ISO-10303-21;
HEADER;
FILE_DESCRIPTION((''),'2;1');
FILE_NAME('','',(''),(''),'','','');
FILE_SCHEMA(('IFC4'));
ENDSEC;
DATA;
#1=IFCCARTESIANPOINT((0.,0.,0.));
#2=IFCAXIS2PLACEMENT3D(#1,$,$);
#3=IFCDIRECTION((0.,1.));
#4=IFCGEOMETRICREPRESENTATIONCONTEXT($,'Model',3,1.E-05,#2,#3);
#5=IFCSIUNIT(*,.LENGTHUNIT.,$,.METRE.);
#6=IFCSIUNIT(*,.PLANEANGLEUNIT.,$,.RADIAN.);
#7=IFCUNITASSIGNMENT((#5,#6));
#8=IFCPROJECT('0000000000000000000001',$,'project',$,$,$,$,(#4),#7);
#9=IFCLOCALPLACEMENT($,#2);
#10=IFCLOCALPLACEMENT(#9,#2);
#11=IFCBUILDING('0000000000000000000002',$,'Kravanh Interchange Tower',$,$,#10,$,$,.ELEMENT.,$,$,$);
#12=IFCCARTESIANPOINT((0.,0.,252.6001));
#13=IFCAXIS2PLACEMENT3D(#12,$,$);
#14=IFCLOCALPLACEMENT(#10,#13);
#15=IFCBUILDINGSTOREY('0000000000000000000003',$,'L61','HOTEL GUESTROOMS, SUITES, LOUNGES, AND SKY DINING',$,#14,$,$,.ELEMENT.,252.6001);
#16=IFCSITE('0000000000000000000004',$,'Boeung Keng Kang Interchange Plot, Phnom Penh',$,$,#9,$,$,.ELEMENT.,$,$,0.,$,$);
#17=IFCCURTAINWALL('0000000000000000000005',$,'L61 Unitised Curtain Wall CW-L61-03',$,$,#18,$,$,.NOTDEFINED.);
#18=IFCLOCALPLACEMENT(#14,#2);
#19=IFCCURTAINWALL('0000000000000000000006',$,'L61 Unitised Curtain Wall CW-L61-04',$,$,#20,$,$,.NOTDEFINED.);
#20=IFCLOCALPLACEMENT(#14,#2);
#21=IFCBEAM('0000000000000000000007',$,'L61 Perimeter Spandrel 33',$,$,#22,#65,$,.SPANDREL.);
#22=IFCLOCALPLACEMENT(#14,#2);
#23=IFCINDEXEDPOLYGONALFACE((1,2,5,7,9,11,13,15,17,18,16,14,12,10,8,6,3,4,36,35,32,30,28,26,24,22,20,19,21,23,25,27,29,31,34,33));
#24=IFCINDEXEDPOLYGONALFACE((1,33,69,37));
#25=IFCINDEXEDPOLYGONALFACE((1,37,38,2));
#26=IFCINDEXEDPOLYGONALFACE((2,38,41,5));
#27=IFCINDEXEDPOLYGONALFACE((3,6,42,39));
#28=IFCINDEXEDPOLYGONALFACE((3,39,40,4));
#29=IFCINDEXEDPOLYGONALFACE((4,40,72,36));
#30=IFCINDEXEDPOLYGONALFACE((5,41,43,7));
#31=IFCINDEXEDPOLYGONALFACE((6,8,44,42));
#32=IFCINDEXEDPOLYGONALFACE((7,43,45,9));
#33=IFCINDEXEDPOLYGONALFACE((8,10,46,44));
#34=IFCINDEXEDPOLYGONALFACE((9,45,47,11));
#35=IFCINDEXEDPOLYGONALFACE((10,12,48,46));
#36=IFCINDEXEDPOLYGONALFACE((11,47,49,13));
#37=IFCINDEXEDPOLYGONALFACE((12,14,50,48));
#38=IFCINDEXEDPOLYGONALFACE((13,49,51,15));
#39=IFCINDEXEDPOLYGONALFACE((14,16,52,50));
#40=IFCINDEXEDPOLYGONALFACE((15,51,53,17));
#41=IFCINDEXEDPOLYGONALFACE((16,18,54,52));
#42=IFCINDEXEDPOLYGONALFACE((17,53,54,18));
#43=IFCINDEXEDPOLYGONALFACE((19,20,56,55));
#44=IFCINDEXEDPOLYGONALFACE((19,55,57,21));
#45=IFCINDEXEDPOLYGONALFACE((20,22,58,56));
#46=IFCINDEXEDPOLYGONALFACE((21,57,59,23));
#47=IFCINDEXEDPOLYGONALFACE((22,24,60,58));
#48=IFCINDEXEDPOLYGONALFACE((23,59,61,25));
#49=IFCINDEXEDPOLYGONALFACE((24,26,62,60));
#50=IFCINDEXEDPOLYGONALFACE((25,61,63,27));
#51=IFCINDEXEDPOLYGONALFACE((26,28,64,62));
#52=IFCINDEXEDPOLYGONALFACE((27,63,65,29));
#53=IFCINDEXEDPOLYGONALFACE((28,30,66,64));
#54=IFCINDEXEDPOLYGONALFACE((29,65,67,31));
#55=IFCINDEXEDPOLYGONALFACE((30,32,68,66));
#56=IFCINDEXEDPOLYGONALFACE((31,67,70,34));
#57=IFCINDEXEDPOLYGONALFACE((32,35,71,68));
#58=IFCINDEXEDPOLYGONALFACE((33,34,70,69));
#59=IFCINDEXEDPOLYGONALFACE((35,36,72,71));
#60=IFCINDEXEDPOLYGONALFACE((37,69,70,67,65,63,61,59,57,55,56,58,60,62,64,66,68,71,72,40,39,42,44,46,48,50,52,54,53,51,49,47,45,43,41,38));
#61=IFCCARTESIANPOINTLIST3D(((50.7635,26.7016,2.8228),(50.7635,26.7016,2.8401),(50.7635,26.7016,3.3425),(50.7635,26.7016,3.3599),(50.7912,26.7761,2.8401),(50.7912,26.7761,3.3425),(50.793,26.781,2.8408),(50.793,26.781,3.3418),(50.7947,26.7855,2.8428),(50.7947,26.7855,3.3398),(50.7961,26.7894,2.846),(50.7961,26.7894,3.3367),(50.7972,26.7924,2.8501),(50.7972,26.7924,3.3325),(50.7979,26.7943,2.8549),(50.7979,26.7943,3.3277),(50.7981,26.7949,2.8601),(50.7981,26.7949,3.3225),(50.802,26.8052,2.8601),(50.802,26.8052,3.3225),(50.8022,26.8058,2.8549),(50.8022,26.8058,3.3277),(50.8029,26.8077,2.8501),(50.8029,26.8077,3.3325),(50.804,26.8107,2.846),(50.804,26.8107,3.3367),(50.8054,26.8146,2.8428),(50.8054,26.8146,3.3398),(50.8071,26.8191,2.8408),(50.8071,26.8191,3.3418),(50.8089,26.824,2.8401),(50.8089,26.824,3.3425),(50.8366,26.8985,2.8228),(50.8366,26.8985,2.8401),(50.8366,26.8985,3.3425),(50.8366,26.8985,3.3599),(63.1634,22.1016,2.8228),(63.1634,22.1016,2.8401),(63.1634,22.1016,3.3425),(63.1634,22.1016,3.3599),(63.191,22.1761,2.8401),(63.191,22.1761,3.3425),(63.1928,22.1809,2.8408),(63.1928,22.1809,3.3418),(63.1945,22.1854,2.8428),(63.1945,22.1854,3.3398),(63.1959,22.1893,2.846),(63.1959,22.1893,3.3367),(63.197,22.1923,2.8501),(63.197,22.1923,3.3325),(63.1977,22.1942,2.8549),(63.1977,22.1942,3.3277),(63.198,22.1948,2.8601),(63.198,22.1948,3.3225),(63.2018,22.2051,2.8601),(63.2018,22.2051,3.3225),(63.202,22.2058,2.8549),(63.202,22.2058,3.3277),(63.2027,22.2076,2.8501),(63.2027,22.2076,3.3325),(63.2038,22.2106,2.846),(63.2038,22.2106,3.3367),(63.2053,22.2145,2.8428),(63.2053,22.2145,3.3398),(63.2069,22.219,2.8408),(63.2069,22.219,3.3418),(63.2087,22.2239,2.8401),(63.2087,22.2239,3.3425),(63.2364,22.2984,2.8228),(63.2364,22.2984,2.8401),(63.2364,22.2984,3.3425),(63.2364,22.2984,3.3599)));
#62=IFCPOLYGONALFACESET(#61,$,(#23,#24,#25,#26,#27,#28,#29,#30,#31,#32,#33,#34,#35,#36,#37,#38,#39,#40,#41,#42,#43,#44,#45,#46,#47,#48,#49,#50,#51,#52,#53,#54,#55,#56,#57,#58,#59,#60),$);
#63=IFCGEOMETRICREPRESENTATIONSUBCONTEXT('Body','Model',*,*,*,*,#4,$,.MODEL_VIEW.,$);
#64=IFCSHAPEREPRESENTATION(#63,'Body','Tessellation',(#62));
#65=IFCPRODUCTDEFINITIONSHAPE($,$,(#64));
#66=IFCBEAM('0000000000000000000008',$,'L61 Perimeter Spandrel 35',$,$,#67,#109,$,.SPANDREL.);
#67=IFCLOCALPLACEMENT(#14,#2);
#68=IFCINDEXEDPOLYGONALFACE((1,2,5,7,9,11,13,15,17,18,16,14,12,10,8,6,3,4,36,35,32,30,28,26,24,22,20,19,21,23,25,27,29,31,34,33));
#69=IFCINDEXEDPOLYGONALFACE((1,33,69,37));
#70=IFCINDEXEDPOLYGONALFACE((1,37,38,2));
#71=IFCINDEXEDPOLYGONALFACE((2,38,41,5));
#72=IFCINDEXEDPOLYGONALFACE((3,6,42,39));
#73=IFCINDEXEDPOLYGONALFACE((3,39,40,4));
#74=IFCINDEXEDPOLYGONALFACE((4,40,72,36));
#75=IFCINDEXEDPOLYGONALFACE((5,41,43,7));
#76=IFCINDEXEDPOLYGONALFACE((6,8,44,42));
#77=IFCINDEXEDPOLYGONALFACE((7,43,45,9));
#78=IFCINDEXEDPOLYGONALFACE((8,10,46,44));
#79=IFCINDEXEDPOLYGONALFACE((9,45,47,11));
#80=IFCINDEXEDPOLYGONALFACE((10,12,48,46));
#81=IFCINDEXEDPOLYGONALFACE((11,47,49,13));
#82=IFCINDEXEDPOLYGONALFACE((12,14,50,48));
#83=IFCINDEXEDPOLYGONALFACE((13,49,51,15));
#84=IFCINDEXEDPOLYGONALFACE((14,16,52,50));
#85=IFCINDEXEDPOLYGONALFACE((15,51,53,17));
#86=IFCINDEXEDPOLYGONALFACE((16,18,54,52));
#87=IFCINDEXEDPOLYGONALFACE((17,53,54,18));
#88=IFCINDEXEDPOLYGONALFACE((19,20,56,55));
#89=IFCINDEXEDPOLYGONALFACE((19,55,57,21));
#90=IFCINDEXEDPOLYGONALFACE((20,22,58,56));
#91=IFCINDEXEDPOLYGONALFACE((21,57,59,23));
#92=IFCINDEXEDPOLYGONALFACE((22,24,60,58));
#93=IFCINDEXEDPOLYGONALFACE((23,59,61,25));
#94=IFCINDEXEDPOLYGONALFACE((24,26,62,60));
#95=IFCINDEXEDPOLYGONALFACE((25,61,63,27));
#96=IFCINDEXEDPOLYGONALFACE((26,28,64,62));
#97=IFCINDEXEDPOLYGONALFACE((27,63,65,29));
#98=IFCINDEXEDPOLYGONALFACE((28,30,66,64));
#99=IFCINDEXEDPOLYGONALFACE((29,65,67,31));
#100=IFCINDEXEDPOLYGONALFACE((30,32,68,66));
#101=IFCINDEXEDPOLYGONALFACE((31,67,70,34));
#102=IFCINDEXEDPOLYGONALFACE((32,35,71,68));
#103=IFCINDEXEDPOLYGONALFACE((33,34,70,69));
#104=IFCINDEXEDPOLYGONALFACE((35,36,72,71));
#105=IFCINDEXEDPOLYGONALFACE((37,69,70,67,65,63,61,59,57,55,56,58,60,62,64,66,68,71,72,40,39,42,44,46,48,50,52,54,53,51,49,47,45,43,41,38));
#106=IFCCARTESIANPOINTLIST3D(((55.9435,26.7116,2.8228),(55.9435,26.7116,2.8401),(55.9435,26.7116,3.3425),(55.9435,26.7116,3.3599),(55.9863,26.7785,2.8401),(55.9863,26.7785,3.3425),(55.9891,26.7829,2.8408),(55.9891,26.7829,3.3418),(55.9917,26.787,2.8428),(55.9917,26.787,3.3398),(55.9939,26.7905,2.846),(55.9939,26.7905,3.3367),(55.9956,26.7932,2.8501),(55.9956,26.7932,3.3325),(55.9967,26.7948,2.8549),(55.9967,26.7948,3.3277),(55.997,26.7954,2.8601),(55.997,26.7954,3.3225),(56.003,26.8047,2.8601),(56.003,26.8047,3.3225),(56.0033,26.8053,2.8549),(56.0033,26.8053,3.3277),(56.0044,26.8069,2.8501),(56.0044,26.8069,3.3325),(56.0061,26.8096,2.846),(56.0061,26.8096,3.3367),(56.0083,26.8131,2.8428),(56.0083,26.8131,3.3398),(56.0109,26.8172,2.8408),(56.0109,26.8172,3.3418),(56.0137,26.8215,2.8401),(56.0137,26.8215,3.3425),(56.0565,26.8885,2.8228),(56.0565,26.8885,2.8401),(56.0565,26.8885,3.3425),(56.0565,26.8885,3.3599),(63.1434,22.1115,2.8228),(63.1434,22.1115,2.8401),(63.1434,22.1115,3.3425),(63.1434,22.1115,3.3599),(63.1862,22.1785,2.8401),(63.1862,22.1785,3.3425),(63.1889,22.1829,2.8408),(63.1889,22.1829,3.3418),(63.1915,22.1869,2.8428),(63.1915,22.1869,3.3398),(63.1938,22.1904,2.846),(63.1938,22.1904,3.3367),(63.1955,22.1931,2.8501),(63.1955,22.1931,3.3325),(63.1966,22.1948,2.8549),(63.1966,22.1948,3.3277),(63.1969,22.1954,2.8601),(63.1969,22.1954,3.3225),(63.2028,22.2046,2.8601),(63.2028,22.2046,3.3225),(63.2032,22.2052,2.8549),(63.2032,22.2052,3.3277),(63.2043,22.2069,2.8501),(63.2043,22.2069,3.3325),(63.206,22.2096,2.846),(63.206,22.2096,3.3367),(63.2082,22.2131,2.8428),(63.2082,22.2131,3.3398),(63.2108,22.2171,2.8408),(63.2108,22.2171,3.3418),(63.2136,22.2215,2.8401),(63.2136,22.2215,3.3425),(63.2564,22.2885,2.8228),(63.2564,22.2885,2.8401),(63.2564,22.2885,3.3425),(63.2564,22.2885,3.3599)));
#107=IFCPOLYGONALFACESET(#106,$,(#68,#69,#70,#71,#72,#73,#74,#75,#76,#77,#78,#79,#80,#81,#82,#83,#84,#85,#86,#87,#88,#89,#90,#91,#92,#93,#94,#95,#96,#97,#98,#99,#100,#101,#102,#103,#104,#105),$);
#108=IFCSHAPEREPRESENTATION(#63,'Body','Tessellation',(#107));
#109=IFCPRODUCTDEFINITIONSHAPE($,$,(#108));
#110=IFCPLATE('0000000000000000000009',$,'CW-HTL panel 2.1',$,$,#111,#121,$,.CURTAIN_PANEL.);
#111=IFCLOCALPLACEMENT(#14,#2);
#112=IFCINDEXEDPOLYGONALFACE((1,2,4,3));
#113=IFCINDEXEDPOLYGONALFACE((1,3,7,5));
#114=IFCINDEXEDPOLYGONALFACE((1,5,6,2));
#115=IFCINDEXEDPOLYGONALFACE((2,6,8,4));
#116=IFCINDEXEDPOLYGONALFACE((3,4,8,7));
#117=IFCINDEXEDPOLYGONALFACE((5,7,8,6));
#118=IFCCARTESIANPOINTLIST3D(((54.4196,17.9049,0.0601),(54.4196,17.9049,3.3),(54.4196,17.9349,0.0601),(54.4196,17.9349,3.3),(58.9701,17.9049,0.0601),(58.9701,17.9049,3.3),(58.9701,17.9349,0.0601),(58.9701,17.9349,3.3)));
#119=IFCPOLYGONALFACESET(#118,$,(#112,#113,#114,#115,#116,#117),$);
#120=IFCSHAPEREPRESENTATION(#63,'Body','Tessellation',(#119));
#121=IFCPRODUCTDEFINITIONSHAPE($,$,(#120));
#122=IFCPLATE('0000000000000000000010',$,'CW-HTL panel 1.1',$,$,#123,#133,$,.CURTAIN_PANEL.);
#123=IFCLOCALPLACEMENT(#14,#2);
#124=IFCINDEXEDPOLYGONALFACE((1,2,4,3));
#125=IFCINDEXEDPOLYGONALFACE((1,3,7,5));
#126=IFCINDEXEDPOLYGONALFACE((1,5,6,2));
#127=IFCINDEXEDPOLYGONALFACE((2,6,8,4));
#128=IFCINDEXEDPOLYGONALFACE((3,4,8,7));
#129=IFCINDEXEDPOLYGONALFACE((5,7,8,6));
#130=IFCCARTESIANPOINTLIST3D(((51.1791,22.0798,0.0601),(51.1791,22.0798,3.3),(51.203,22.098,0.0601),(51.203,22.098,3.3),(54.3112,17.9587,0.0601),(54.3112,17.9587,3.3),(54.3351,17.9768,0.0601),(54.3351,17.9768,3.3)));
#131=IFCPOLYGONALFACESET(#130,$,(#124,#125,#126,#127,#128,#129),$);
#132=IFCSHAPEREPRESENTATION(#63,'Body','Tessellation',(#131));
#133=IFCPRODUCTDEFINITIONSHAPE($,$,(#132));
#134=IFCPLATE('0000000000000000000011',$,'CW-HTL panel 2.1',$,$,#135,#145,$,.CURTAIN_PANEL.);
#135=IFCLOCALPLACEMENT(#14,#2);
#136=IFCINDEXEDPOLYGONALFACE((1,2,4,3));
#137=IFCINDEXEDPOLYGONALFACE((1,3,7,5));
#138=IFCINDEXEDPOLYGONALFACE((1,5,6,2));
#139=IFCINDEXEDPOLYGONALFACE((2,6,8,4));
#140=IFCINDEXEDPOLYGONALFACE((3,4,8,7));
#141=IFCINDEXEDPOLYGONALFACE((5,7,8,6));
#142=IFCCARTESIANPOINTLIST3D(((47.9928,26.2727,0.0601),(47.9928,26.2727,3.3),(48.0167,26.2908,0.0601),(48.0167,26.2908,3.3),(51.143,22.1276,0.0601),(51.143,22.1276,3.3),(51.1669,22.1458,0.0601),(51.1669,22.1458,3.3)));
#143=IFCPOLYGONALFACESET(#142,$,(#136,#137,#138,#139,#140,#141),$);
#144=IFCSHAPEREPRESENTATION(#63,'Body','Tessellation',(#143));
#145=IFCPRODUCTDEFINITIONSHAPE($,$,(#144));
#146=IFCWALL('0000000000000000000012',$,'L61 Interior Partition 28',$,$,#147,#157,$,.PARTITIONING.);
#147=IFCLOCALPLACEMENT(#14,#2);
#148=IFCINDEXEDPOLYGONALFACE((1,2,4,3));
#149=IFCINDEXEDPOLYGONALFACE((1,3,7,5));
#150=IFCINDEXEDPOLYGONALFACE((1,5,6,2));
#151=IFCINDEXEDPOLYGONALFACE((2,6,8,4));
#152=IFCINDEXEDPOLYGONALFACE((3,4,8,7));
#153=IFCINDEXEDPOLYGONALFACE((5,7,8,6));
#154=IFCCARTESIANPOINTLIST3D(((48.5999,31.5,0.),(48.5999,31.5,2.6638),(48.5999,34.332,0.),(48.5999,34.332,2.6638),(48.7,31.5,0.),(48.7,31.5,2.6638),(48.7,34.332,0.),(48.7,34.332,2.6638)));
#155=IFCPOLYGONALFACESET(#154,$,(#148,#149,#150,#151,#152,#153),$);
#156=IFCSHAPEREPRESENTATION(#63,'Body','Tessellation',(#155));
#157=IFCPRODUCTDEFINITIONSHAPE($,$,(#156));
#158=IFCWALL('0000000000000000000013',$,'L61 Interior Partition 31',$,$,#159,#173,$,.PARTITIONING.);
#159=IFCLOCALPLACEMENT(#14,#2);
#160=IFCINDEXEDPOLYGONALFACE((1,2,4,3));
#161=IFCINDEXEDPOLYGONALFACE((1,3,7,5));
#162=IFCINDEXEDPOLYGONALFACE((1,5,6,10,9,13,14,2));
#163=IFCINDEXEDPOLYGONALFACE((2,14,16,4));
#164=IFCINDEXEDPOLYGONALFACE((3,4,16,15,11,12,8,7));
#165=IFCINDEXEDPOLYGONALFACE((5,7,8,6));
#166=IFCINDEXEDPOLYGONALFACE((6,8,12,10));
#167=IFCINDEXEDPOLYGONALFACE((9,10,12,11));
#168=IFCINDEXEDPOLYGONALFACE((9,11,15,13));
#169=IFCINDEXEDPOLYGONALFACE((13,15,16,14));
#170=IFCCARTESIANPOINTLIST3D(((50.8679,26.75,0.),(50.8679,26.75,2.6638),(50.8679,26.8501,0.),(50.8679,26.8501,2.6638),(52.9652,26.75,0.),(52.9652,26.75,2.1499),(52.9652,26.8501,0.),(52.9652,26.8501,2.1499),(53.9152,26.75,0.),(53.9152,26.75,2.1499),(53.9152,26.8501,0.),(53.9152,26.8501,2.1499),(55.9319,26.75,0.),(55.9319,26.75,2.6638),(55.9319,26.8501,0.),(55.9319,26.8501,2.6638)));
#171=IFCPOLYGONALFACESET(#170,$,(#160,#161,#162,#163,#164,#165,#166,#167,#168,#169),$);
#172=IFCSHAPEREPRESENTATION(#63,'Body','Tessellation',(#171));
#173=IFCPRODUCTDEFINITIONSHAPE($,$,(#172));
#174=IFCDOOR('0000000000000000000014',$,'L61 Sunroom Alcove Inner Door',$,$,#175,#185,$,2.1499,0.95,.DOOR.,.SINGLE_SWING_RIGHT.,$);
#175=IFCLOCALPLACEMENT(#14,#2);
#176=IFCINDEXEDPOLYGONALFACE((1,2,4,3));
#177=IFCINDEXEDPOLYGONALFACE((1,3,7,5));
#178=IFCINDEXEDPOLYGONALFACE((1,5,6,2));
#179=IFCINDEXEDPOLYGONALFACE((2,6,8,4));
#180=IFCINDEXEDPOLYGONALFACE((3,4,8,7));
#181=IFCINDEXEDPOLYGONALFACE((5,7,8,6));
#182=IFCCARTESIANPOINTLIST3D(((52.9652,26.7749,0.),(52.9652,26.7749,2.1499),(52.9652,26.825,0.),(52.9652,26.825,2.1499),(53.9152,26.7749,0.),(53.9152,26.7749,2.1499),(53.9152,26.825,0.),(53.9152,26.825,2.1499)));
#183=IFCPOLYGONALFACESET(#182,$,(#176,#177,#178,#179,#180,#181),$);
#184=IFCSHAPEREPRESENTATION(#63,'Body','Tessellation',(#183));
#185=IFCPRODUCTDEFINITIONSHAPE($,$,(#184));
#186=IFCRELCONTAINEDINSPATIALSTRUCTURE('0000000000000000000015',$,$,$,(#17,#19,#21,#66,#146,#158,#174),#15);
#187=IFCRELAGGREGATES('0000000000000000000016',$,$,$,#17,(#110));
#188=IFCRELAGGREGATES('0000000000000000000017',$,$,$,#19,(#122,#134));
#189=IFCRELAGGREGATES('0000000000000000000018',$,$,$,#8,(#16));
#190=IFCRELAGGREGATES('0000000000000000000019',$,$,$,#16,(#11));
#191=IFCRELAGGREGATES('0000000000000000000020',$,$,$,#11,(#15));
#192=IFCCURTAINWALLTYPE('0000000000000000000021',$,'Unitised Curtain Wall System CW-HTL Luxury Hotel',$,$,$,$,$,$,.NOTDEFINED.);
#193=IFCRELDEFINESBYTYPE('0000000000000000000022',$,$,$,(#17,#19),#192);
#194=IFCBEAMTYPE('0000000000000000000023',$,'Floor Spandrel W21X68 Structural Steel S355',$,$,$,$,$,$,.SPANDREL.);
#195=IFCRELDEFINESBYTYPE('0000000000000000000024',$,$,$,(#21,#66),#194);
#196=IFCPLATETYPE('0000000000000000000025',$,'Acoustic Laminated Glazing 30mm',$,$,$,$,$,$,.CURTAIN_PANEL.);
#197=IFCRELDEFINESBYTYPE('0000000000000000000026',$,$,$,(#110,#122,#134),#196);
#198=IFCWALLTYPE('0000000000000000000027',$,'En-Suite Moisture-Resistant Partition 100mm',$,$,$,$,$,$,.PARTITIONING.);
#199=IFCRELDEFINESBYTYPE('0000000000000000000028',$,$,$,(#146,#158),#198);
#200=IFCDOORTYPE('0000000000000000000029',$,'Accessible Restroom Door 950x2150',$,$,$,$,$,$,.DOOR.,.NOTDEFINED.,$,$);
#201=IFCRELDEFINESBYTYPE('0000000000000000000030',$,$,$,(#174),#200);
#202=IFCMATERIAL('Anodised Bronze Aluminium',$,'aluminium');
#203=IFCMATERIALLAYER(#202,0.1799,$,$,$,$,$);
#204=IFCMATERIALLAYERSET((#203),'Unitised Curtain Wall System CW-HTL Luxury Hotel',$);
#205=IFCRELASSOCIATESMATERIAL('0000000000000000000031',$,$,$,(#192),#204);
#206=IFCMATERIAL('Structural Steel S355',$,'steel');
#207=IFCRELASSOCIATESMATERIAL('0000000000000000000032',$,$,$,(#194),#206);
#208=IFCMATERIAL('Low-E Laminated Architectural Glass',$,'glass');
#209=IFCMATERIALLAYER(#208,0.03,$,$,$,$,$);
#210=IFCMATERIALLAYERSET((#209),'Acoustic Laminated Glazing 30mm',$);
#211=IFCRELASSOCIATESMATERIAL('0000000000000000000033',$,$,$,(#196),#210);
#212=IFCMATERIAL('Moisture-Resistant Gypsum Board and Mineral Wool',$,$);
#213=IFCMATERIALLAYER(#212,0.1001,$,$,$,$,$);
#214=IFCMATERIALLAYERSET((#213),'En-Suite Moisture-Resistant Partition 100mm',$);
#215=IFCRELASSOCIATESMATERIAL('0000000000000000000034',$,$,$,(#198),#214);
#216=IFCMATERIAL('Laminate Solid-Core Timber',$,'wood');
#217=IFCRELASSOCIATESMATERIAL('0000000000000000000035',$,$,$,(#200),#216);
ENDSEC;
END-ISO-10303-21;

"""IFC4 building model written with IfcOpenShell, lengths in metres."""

from ifc_helpers import new_model, si_unit, direction, frame, frame_2d, origin, origin_2d, place, context, subcontext, project, spatial, rectangle, i_section, extrude, material, layer, layer_set, material_profile, profile_set, type_object, element, fill, aggregate, save


model = new_model("IFC4")

# Units and contexts
model_context = context("Model", 3, precision=1e-05, world=origin(), true_north=direction((0.0, 1.0)))
body_context = subcontext(model_context, "Body", "Model", "MODEL_VIEW")
ifc_project = project(units=[si_unit("LENGTHUNIT", "METRE"), si_unit("PLANEANGLEUNIT", "RADIAN")], contexts=[model_context])

# Site, building, storey
site_placement = place(None, origin())
site = spatial("IfcSite", under=ifc_project, at=site_placement, Name="Boeung Keng Kang Interchange Plot, Phnom Penh", CompositionType="ELEMENT", RefElevation=0.0)
building_placement = place(site_placement, origin())
building = spatial("IfcBuilding", under=site, at=building_placement, Name="Kravanh Interchange Tower", CompositionType="ELEMENT")
storey_placement = place(building_placement, frame((0.0, 0.0, 252.6001)))
storey = spatial("IfcBuildingStorey", under=building, at=storey_placement, Name="L61", Description="HOTEL GUESTROOMS, SUITES, LOUNGES, AND SKY DINING", CompositionType="ELEMENT", Elevation=252.6001)

# Curtain wall
ifc_material_1 = material(Name="Anodised Bronze Aluminium", Category="aluminium")
ifc_layer_1 = layer(ifc_material_1, 0.1799)
ifc_layer_set_1 = layer_set([ifc_layer_1], Name="Unitised Curtain Wall System CW-HTL Luxury Hotel")
curtain_wall_type = type_object("IfcCurtainWallType", Name="Unitised Curtain Wall System CW-HTL Luxury Hotel", PredefinedType="NOTDEFINED", material=ifc_layer_set_1)
curtain_wall_1_placement = place(storey_placement, origin())
curtain_wall_1 = element("IfcCurtainWall", 1, at=curtain_wall_1_placement, inside=storey, type_object=curtain_wall_type, Name="L61 Unitised Curtain Wall CW-L61-03", PredefinedType="NOTDEFINED")

# Curtain wall
curtain_wall_2_placement = place(storey_placement, origin())
curtain_wall_2 = element("IfcCurtainWall", 2, at=curtain_wall_2_placement, inside=storey, type_object=curtain_wall_type, Name="L61 Unitised Curtain Wall CW-L61-04", PredefinedType="NOTDEFINED")

# Beams
ifc_material_2 = material(Name="Structural Steel S355", Category="steel")
ifc_material_profile_1 = material_profile(ifc_material_2, i_section(OverallWidth=0.21, OverallDepth=0.5371, WebThickness=0.011, FlangeThickness=0.0173, FilletRadius=0.02, at=origin_2d()), Name="W21X68")
ifc_profile_set_1 = profile_set([ifc_material_profile_1], Name="Structural Steel S355")
beam_type_1 = type_object("IfcBeamType", Name="Floor Spandrel W21X68 Structural Steel S355", PredefinedType="SPANDREL", material=ifc_profile_set_1)
beam_1_placement = place(storey_placement, frame((50.8, 26.8, 3.0913), z_axis=(0.937563, -0.347816, 0.0), x_axis=(0.347816, 0.937563, 0.0)))
element("IfcBeam", 3, at=beam_1_placement, inside=storey, type_object=beam_type_1, Name="L61 Perimeter Spandrel 33", PredefinedType="SPANDREL", context=body_context, shape_type="SweptSolid", body=[
    extrude(i_section(OverallWidth=0.21, OverallDepth=0.5371, WebThickness=0.011, FlangeThickness=0.0173, FilletRadius=0.02, at=origin_2d()), origin(), (0.0, 0.0, 1.0), 13.2256),
])
beam_2_placement = place(storey_placement, frame((56.0, 26.8, 3.0913), z_axis=(0.842689, -0.5384, 0.0), x_axis=(0.5384, 0.842689, 0.0)))
element("IfcBeam", 4, at=beam_2_placement, inside=storey, type_object=beam_type_1, Name="L61 Perimeter Spandrel 35", PredefinedType="SPANDREL", context=body_context, shape_type="SweptSolid", body=[
    extrude(i_section(OverallWidth=0.21, OverallDepth=0.5371, WebThickness=0.011, FlangeThickness=0.0173, FilletRadius=0.02, at=origin_2d()), origin(), (0.0, 0.0, 1.0), 8.5439),
])

# Plates
ifc_material_3 = material(Name="Low-E Laminated Architectural Glass", Category="glass")
ifc_layer_2 = layer(ifc_material_3, 0.03)
ifc_layer_set_2 = layer_set([ifc_layer_2], Name="Acoustic Laminated Glazing 30mm")
plate_type = type_object("IfcPlateType", Name="Acoustic Laminated Glazing 30mm", PredefinedType="CURTAIN_PANEL", material=ifc_layer_set_2)
plate_1_placement = place(storey_placement, frame((56.6948, 17.9199, 0.0601), z_axis=(0.0, 0.0, 1.0), x_axis=(-1.0, 0.0, 0.0)))
plate_1 = element("IfcPlate", 5, at=plate_1_placement, type_object=plate_type, Name="CW-HTL panel 2.1", PredefinedType="CURTAIN_PANEL", context=body_context, shape_type="SweptSolid", body=[
    extrude(rectangle(XDim=4.5505, YDim=0.03, at=origin_2d()), origin(), (0.0, 0.0, 1.0), 3.24),
])
aggregate(curtain_wall_1, [plate_1])
plate_2_placement = place(storey_placement, frame((52.7571, 20.0283, 0.0601), z_axis=(0.0, 0.0, 1.0), x_axis=(-0.605083, 0.796162, 0.0)))
plate_2 = element("IfcPlate", 6, at=plate_2_placement, type_object=plate_type, Name="CW-HTL panel 1.1", PredefinedType="CURTAIN_PANEL", context=body_context, shape_type="SweptSolid", body=[
    extrude(rectangle(XDim=5.1763, YDim=0.03, at=origin_2d()), origin(), (0.0, 0.0, 1.0), 3.24),
])
plate_3_placement = place(storey_placement, frame((49.5798, 24.2092, 0.0601), z_axis=(0.0, 0.0, 1.0), x_axis=(-0.605083, 0.796162, 0.0)))
plate_3 = element("IfcPlate", 7, at=plate_3_placement, type_object=plate_type, Name="CW-HTL panel 2.1", PredefinedType="CURTAIN_PANEL", context=body_context, shape_type="SweptSolid", body=[
    extrude(rectangle(XDim=5.2063, YDim=0.03, at=origin_2d()), origin(), (0.0, 0.0, 1.0), 3.24),
])
aggregate(curtain_wall_2, [plate_2, plate_3])

# Wall
ifc_material_4 = material(Name="Moisture-Resistant Gypsum Board and Mineral Wool")
ifc_layer_3 = layer(ifc_material_4, 0.1001)
ifc_layer_set_3 = layer_set([ifc_layer_3], Name="En-Suite Moisture-Resistant Partition 100mm")
wall_type_1 = type_object("IfcWallType", Name="En-Suite Moisture-Resistant Partition 100mm", PredefinedType="PARTITIONING", material=ifc_layer_set_3)
wall_1_placement = place(storey_placement, frame((48.6499, 31.5, 0.0), z_axis=(0.0, 0.0, 1.0), x_axis=(0.0, 1.0, 0.0)))
element("IfcWall", 8, at=wall_1_placement, inside=storey, type_object=wall_type_1, Name="L61 Interior Partition 28", PredefinedType="PARTITIONING", context=body_context, shape_type="SweptSolid", body=[
    extrude(rectangle(XDim=2.832, YDim=0.1001, at=frame_2d((1.416, 0.0))), origin(), (0.0, 0.0, 1.0), 2.6638),
])

# Wall, opening, door
wall_2_placement = place(storey_placement, frame((50.8679, 26.8, 0.0), z_axis=(0.0, 0.0, 1.0), x_axis=(1.0, 0.0, 0.0)))
wall_2 = element("IfcWall", 9, at=wall_2_placement, inside=storey, type_object=wall_type_1, Name="L61 Interior Partition 31", PredefinedType="PARTITIONING", context=body_context, shape_type="SweptSolid", body=[
    extrude(rectangle(XDim=5.064, YDim=0.1001, at=frame_2d((2.532, 0.0))), origin(), (0.0, 0.0, 1.0), 2.6638),
])
opening_1_placement = place(wall_2_placement, frame((2.0972, 0.0, 0.0)))
opening_1 = element("IfcOpeningElement", 10, at=opening_1_placement, cuts=wall_2, PredefinedType="OPENING", context=body_context, shape_type="SweptSolid", body=[
    extrude(rectangle(XDim=0.95, YDim=2.1499, at=frame_2d((0.4751, 1.075))), frame((0.0, 0.0601, 0.0), z_axis=(0.0, -1.0, 0.0), x_axis=(1.0, 0.0, 0.0)), (0.0, 0.0, 1.0), 0.1201),
])
ifc_material_5 = material(Name="Laminate Solid-Core Timber", Category="wood")
door_type_1 = type_object("IfcDoorType", Name="Accessible Restroom Door 950x2150", OperationType="NOTDEFINED", PredefinedType="DOOR", material=ifc_material_5)
door_1_placement = place(opening_1_placement, origin())
door_1 = element("IfcDoor", 11, at=door_1_placement, inside=storey, type_object=door_type_1, Name="L61 Sunroom Alcove Inner Door", OperationType="SINGLE_SWING_RIGHT", OverallHeight=2.1499, OverallWidth=0.95, PredefinedType="DOOR", context=body_context, shape_type="SweptSolid", body=[
    extrude(rectangle(XDim=0.95, YDim=2.1499, at=frame_2d((0.4751, 1.075))), frame((0.0, 0.0249, 0.0), z_axis=(0.0, -1.0, 0.0), x_axis=(1.0, 0.0, 0.0)), (0.0, 0.0, 1.0), 0.05),
])
fill(opening_1, door_1)

save(model, "model.ifc")
